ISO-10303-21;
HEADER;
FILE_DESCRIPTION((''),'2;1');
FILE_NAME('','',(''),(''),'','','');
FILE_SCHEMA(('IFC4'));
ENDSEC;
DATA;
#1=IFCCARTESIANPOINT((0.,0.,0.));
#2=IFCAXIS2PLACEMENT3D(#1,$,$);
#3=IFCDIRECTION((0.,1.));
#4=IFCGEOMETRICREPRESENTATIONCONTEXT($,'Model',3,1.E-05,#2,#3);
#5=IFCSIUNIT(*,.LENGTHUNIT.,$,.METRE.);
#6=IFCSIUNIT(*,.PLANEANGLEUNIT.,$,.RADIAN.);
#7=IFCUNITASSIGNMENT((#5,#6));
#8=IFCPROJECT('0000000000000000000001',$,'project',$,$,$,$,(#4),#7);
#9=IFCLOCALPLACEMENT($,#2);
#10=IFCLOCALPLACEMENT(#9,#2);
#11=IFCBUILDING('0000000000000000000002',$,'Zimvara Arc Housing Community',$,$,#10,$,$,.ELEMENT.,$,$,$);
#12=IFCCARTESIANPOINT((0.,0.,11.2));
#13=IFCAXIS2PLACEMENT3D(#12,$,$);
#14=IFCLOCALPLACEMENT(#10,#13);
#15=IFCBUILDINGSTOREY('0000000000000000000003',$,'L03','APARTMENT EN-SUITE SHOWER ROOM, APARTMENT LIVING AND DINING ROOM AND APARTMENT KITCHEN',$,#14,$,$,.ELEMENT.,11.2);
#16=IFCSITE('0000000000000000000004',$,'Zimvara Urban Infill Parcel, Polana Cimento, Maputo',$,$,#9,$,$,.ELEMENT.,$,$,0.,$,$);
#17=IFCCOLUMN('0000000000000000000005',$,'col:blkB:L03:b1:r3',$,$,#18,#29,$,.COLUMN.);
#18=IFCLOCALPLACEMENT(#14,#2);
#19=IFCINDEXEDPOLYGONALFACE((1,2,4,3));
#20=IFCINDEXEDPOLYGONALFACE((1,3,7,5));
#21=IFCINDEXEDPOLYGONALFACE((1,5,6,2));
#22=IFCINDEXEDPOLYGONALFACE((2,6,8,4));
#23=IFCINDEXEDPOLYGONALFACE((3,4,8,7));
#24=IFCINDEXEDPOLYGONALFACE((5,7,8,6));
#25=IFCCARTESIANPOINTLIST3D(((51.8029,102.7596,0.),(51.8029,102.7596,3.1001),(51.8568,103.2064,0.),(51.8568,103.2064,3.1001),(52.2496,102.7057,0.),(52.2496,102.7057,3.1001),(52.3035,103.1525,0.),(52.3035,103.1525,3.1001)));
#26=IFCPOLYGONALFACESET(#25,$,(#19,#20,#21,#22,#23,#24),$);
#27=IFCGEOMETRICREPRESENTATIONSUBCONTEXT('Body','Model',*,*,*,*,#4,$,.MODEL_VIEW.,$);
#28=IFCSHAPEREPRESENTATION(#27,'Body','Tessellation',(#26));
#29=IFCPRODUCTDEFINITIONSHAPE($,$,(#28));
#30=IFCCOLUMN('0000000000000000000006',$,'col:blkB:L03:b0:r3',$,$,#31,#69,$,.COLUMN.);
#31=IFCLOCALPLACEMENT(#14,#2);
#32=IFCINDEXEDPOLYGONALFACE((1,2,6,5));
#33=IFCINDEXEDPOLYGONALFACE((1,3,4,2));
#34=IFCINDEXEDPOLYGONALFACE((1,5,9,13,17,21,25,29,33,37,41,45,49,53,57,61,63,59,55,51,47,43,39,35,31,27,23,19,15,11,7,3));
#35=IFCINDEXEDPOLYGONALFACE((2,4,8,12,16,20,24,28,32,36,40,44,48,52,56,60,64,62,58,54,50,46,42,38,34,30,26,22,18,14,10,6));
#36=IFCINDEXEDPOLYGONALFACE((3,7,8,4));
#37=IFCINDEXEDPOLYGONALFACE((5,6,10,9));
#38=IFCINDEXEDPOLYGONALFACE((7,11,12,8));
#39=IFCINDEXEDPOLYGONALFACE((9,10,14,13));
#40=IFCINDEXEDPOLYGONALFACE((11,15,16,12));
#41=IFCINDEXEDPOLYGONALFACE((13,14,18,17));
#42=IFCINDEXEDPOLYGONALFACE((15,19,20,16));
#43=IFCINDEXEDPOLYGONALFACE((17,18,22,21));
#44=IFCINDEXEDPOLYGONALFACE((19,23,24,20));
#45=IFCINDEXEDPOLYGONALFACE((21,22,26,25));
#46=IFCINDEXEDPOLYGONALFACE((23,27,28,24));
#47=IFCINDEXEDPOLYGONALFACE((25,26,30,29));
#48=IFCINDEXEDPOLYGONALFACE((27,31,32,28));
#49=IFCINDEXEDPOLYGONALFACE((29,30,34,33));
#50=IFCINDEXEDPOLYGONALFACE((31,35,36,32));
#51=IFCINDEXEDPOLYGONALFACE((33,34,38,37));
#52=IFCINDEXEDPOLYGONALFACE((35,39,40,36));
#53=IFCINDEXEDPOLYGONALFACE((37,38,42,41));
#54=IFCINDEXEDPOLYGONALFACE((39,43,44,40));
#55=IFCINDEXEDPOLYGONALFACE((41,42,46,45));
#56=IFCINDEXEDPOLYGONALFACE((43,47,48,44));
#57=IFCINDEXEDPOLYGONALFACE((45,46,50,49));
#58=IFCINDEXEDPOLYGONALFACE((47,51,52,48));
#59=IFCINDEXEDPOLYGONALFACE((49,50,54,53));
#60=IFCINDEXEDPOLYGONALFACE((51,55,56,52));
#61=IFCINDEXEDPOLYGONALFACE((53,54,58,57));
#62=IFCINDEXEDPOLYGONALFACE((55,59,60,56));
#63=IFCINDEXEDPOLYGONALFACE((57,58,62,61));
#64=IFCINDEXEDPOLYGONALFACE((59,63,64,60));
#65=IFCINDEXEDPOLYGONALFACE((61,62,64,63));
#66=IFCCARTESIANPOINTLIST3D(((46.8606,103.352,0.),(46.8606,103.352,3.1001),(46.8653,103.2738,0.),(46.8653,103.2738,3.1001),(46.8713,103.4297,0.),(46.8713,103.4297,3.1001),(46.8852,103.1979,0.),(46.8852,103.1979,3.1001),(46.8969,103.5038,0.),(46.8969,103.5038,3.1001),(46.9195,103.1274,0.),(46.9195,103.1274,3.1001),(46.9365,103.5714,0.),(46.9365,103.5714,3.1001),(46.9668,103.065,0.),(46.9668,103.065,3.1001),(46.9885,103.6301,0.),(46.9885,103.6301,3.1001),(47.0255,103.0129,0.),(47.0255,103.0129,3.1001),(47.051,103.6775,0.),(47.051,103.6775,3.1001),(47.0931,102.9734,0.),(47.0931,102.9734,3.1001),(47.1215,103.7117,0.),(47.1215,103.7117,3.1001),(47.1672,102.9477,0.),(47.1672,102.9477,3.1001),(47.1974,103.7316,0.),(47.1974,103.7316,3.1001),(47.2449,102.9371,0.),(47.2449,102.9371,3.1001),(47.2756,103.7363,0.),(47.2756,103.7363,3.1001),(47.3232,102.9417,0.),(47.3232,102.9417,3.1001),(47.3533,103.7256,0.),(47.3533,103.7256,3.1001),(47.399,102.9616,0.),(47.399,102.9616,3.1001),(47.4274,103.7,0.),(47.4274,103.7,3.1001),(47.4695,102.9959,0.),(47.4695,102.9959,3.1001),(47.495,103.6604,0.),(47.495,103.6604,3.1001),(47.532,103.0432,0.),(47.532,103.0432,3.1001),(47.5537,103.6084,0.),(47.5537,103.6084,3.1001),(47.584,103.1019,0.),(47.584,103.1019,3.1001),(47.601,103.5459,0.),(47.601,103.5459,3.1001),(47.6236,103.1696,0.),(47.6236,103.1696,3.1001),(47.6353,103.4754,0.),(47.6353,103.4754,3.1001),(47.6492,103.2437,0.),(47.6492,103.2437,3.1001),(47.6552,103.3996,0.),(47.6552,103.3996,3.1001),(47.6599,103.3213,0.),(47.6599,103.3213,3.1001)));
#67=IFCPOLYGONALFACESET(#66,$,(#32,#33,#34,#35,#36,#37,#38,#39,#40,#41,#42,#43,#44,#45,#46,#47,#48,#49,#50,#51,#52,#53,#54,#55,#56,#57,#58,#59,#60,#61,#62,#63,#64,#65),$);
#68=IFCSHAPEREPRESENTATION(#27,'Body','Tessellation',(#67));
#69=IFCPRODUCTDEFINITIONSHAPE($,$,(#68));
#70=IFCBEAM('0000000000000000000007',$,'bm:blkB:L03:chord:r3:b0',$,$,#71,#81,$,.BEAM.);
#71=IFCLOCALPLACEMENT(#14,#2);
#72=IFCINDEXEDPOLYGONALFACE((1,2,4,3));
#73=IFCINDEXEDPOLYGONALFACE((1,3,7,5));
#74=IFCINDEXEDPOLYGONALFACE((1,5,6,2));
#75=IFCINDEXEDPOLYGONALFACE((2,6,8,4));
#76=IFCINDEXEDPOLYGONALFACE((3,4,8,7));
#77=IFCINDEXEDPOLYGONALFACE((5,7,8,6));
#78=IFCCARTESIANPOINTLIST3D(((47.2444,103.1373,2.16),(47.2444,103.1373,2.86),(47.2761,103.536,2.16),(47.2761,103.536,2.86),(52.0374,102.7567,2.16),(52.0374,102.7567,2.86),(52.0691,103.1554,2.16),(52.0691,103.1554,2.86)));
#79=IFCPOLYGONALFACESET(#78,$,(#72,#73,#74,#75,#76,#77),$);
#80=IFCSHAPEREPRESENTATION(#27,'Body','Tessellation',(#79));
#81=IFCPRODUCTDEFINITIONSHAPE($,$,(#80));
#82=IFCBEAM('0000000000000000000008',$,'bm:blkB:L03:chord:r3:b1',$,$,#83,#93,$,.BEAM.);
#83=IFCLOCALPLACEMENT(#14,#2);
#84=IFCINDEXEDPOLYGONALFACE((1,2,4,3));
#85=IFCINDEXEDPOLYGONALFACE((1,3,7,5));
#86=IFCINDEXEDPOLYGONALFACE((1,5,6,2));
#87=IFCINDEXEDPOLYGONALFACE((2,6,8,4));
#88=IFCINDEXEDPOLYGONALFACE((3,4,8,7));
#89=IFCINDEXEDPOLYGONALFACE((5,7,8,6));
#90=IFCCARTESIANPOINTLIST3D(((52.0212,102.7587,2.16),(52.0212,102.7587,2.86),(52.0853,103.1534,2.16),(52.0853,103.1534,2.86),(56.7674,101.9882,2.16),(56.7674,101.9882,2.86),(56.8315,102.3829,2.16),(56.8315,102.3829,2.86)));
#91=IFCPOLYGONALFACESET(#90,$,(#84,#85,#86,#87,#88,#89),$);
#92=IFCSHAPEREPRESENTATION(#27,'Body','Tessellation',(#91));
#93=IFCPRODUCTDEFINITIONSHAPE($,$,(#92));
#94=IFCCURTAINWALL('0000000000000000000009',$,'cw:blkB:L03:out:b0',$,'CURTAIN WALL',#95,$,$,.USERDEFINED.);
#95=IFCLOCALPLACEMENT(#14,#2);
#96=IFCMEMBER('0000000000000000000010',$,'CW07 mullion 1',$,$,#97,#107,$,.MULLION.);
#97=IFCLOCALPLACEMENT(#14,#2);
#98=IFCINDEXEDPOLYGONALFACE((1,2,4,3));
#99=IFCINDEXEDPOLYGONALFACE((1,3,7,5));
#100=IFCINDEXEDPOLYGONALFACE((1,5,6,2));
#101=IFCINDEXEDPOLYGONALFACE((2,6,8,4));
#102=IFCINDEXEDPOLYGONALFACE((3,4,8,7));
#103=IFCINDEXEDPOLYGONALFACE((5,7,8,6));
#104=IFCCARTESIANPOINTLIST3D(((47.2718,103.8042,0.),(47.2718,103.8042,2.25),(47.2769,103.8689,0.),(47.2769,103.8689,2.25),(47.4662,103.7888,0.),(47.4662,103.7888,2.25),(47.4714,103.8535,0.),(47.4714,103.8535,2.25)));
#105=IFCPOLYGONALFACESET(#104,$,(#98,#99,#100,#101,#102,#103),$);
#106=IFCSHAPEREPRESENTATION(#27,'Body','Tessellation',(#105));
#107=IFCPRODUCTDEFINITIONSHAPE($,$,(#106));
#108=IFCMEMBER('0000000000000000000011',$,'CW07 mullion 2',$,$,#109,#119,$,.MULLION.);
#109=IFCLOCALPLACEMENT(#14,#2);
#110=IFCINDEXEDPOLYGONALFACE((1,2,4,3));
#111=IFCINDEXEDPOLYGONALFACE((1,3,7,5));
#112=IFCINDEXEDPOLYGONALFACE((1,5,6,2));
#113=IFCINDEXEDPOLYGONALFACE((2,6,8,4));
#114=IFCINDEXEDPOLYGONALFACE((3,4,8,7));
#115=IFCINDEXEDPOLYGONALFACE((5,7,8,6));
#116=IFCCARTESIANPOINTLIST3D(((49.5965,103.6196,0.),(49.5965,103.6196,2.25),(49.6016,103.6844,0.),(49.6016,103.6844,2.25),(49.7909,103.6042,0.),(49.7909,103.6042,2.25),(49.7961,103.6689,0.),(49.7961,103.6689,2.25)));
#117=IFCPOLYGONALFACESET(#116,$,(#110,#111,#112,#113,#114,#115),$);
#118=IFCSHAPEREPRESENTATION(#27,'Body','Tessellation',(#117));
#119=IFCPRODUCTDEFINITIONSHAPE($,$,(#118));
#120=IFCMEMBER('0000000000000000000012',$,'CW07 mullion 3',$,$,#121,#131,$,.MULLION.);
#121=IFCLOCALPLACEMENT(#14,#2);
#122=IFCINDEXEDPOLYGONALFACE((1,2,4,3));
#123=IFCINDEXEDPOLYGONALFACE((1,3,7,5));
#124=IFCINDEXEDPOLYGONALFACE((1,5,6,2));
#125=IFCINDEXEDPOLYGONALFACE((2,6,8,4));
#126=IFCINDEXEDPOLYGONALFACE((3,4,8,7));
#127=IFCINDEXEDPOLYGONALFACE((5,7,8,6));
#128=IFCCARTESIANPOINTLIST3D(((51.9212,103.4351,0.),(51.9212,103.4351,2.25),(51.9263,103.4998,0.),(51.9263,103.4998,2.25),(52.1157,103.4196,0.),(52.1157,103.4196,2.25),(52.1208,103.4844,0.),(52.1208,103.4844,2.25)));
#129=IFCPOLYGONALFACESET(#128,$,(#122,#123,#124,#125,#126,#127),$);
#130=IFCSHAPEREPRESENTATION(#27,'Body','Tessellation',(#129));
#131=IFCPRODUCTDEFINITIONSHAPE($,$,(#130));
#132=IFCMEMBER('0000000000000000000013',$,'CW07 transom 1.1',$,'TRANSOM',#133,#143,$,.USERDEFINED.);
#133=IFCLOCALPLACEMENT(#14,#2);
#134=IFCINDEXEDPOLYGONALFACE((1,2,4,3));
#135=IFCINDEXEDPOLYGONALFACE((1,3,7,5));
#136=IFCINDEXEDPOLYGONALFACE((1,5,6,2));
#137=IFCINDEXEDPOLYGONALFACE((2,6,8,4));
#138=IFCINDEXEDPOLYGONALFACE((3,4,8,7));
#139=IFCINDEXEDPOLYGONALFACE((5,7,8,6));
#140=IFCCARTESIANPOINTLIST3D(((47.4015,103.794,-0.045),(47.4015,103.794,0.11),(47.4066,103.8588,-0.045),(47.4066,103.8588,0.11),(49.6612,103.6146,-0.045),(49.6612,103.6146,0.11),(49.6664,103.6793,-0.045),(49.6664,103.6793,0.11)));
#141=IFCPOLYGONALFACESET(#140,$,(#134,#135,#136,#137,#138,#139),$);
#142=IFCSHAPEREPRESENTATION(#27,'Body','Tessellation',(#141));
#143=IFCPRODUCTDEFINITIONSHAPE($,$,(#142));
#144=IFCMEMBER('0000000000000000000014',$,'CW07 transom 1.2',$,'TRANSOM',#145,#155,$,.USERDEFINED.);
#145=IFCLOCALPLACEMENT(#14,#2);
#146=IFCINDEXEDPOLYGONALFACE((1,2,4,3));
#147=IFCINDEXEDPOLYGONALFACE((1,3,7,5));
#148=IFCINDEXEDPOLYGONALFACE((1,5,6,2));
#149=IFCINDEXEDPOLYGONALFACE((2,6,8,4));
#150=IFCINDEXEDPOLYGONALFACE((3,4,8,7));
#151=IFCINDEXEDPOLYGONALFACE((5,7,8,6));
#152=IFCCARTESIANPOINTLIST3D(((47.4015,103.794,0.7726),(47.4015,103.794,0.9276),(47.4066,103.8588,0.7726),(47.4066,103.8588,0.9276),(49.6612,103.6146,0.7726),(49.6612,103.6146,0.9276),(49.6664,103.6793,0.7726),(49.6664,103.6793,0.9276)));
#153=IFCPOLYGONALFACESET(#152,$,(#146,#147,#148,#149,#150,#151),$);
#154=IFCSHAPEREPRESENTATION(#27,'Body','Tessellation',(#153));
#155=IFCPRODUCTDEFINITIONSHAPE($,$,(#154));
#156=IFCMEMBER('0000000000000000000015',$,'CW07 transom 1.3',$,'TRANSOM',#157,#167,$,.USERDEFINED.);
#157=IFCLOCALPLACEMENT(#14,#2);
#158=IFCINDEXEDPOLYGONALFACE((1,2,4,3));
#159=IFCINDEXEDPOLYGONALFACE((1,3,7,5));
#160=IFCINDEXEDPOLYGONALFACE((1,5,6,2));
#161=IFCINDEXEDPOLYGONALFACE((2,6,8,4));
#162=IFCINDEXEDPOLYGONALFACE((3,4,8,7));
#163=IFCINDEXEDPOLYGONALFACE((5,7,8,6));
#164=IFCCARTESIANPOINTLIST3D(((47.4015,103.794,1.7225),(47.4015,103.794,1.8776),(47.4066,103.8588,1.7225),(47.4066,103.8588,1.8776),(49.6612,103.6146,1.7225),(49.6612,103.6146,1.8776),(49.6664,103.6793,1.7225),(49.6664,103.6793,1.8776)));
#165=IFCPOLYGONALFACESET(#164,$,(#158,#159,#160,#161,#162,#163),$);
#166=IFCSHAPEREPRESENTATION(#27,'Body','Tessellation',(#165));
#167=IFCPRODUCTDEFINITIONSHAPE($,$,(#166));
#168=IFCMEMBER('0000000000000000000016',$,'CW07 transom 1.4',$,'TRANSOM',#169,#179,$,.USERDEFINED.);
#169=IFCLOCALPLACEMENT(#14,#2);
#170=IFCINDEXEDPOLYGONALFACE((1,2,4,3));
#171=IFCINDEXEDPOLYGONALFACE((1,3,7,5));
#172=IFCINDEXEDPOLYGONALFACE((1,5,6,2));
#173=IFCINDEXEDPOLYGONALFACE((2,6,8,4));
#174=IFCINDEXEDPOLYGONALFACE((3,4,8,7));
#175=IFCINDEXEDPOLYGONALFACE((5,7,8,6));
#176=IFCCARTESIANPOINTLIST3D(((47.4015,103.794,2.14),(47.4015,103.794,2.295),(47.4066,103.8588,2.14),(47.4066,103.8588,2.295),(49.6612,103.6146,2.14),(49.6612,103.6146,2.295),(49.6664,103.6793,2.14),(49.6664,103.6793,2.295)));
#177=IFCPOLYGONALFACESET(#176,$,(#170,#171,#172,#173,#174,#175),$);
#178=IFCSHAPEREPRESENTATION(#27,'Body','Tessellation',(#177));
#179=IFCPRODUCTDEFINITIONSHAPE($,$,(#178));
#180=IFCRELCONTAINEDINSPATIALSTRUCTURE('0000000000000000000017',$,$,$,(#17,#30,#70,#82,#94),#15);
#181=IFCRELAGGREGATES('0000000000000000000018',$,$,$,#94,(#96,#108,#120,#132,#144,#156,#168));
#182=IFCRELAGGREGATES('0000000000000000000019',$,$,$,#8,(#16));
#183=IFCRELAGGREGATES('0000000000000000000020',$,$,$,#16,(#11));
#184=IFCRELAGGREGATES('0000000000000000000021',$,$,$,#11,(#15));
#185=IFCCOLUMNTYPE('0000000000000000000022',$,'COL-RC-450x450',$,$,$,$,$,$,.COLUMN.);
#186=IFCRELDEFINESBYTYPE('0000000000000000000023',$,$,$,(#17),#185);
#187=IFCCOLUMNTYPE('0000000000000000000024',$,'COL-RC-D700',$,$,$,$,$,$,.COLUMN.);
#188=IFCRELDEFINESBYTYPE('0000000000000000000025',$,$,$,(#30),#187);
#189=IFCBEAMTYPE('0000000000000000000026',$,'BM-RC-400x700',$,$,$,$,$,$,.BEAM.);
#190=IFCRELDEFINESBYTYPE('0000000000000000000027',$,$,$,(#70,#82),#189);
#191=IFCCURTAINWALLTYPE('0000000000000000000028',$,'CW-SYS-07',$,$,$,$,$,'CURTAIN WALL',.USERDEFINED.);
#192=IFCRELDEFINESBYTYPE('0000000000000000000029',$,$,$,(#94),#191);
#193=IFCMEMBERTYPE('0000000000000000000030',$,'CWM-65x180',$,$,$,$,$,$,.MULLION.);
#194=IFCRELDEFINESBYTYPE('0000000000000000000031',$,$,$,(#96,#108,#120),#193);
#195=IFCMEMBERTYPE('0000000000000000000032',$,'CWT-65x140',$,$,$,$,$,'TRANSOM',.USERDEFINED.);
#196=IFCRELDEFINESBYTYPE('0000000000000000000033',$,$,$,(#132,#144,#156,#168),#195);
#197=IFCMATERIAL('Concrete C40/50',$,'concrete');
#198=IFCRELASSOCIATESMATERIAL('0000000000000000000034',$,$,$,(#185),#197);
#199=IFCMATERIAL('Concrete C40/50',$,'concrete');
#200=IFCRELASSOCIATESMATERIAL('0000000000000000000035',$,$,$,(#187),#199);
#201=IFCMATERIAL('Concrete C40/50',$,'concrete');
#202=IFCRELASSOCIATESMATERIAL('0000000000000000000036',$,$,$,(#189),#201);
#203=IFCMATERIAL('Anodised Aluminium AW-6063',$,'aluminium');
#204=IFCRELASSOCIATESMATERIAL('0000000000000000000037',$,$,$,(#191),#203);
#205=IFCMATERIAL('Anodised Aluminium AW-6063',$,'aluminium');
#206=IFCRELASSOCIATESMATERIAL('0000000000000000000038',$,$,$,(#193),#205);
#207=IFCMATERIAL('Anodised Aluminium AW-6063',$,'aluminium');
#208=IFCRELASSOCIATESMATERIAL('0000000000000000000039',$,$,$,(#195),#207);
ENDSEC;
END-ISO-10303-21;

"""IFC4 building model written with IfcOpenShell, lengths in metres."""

from ifc_helpers import new_model, si_unit, direction, frame, origin, origin_2d, place, context, subcontext, project, spatial, rectangle, circle, extrude, material, material_profile, profile_set, type_object, element, aggregate, save


model = new_model("IFC4")

# Units and contexts
model_context = context("Model", 3, precision=1e-05, world=origin(), true_north=direction((0.0, 1.0)))
body_context = subcontext(model_context, "Body", "Model", "MODEL_VIEW")
ifc_project = project(units=[si_unit("LENGTHUNIT", "METRE"), si_unit("PLANEANGLEUNIT", "RADIAN")], contexts=[model_context])

# Site, building, storey
site_placement = place(None, origin())
site = spatial("IfcSite", under=ifc_project, at=site_placement, Name="Zimvara Urban Infill Parcel, Polana Cimento, Maputo", CompositionType="ELEMENT", RefElevation=0.0)
building_placement = place(site_placement, origin())
building = spatial("IfcBuilding", under=site, at=building_placement, Name="Zimvara Arc Housing Community", CompositionType="ELEMENT")
storey_placement = place(building_placement, frame((0.0, 0.0, 11.2)))
storey = spatial("IfcBuildingStorey", under=building, at=storey_placement, Name="L03", Description="APARTMENT EN-SUITE SHOWER ROOM, APARTMENT LIVING AND DINING ROOM AND APARTMENT KITCHEN", CompositionType="ELEMENT", Elevation=11.2)

# Columns
ifc_material_1 = material(Name="Concrete C40/50", Category="concrete")
ifc_material_profile_1 = material_profile(ifc_material_1, rectangle(XDim=0.45, YDim=0.45, at=origin_2d()), Name="RC 450x450")
ifc_profile_set_1 = profile_set([ifc_material_profile_1], Name="Concrete C40/50")
column_type_1 = type_object("IfcColumnType", Name="COL-RC-450x450", PredefinedType="COLUMN", material=ifc_profile_set_1)
column_1_placement = place(storey_placement, frame((52.0532, 102.9561, 0.0), z_axis=(0.0, 0.0, 1.0), x_axis=(0.11979, 0.992799, 0.0)))
element("IfcColumn", 1, at=column_1_placement, inside=storey, type_object=column_type_1, Name="col:blkB:L03:b1:r3", PredefinedType="COLUMN", context=body_context, shape_type="SweptSolid", body=[
    extrude(rectangle(XDim=0.45, YDim=0.45, at=origin_2d()), origin(), (0.0, 0.0, 1.0), 3.1001),
])
ifc_material_2 = material(Name="Concrete C40/50", Category="concrete")
ifc_material_profile_2 = material_profile(ifc_material_2, circle(Radius=0.3999, at=origin_2d()), Name="RC D800")
ifc_profile_set_2 = profile_set([ifc_material_profile_2], Name="Concrete C40/50")
column_type_2 = type_object("IfcColumnType", Name="COL-RC-D700", PredefinedType="COLUMN", material=ifc_profile_set_2)
column_2_placement = place(storey_placement, frame((47.2603, 103.3367, 0.0), z_axis=(0.0, 0.0, 1.0), x_axis=(0.038388, 0.999263, 0.0)))
element("IfcColumn", 2, at=column_2_placement, inside=storey, type_object=column_type_2, Name="col:blkB:L03:b0:r3", PredefinedType="COLUMN", context=body_context, shape_type="SweptSolid", body=[
    extrude(circle(Radius=0.3999, at=origin_2d()), origin(), (0.0, 0.0, 1.0), 3.1001),
])

# Beams
ifc_material_3 = material(Name="Concrete C40/50", Category="concrete")
ifc_material_profile_3 = material_profile(ifc_material_3, rectangle(XDim=0.3999, YDim=0.7, at=origin_2d()), Name="RC 400x700")
ifc_profile_set_3 = profile_set([ifc_material_profile_3], Name="Concrete C40/50")
beam_type = type_object("IfcBeamType", Name="BM-RC-400x700", PredefinedType="BEAM", material=ifc_profile_set_3)
beam_1_placement = place(storey_placement, frame((47.2603, 103.3367, 2.51), z_axis=(0.996862, -0.079162, 0.0), x_axis=(0.079162, 0.996862, 0.0)))
element("IfcBeam", 3, at=beam_1_placement, inside=storey, type_object=beam_type, Name="bm:blkB:L03:chord:r3:b0", PredefinedType="BEAM", context=body_context, shape_type="SweptSolid", body=[
    extrude(rectangle(XDim=0.3999, YDim=0.7, at=origin_2d()), origin(), (0.0, 0.0, 1.0), 4.8081),
])
beam_2_placement = place(storey_placement, frame((52.0532, 102.9561, 2.51), z_axis=(0.987077, -0.160248, 0.0), x_axis=(0.160248, 0.987077, 0.0)))
element("IfcBeam", 4, at=beam_2_placement, inside=storey, type_object=beam_type, Name="bm:blkB:L03:chord:r3:b1", PredefinedType="BEAM", context=body_context, shape_type="SweptSolid", body=[
    extrude(rectangle(XDim=0.3999, YDim=0.7, at=origin_2d()), origin(), (0.0, 0.0, 1.0), 4.8083),
])

# Curtain wall, members
ifc_material_4 = material(Name="Anodised Aluminium AW-6063", Category="aluminium")
curtain_wall_type = type_object("IfcCurtainWallType", Name="CW-SYS-07", ElementType="CURTAIN WALL", PredefinedType="USERDEFINED", material=ifc_material_4)
curtain_wall_placement = place(storey_placement, origin())
curtain_wall = element("IfcCurtainWall", 5, at=curtain_wall_placement, inside=storey, type_object=curtain_wall_type, Name="cw:blkB:L03:out:b0", ObjectType="CURTAIN WALL", PredefinedType="USERDEFINED")
ifc_material_5 = material(Name="Anodised Aluminium AW-6063", Category="aluminium")
ifc_material_profile_4 = material_profile(ifc_material_5, rectangle(XDim=0.0649, YDim=0.1951, at=origin_2d()), Name="ALU 65x195")
ifc_profile_set_4 = profile_set([ifc_material_profile_4], Name="Anodised Aluminium AW-6063")
member_type_1 = type_object("IfcMemberType", Name="CWM-65x180", PredefinedType="MULLION", material=ifc_profile_set_4)
member_1_placement = place(storey_placement, frame((47.3716, 103.8289, 0.0), z_axis=(0.0, 0.0, 1.0), x_axis=(0.079154, 0.996862, 0.0)))
member_1 = element("IfcMember", 6, at=member_1_placement, type_object=member_type_1, Name="CW07 mullion 1", PredefinedType="MULLION", context=body_context, shape_type="SweptSolid", body=[
    extrude(rectangle(XDim=0.0649, YDim=0.1951, at=origin_2d()), origin(), (0.0, 0.0, 1.0), 2.25),
])
member_2_placement = place(storey_placement, frame((49.6963, 103.6443, 0.0), z_axis=(0.0, 0.0, 1.0), x_axis=(0.079154, 0.996862, 0.0)))
member_2 = element("IfcMember", 7, at=member_2_placement, type_object=member_type_1, Name="CW07 mullion 2", PredefinedType="MULLION", context=body_context, shape_type="SweptSolid", body=[
    extrude(rectangle(XDim=0.0649, YDim=0.1951, at=origin_2d()), origin(), (0.0, 0.0, 1.0), 2.25),
])
member_3_placement = place(storey_placement, frame((52.021, 103.4597, 0.0), z_axis=(0.0, 0.0, 1.0), x_axis=(0.079154, 0.996862, 0.0)))
member_3 = element("IfcMember", 8, at=member_3_placement, type_object=member_type_1, Name="CW07 mullion 3", PredefinedType="MULLION", context=body_context, shape_type="SweptSolid", body=[
    extrude(rectangle(XDim=0.0649, YDim=0.1951, at=origin_2d()), origin(), (0.0, 0.0, 1.0), 2.25),
])
ifc_material_6 = material(Name="Anodised Aluminium AW-6063", Category="aluminium")
ifc_material_profile_5 = material_profile(ifc_material_6, rectangle(XDim=0.0649, YDim=0.155, at=origin_2d()), Name="ALU 65x155")
ifc_profile_set_5 = profile_set([ifc_material_profile_5], Name="Anodised Aluminium AW-6063")
member_type_2 = type_object("IfcMemberType", Name="CWT-65x140", ElementType="TRANSOM", PredefinedType="USERDEFINED", material=ifc_profile_set_5)
member_4_placement = place(storey_placement, frame((47.4041, 103.8264, 0.0325), z_axis=(0.996862, -0.079159, 0.0), x_axis=(0.079159, 0.996862, 0.0)))
member_4 = element("IfcMember", 9, at=member_4_placement, type_object=member_type_2, Name="CW07 transom 1.1", ObjectType="TRANSOM", PredefinedType="USERDEFINED", context=body_context, shape_type="SweptSolid", body=[
    extrude(rectangle(XDim=0.0649, YDim=0.155, at=origin_2d()), origin(), (0.0, 0.0, 1.0), 2.2668),
])
member_5_placement = place(storey_placement, frame((47.4041, 103.8264, 0.8501), z_axis=(0.996862, -0.079159, 0.0), x_axis=(0.079159, 0.996862, 0.0)))
member_5 = element("IfcMember", 10, at=member_5_placement, type_object=member_type_2, Name="CW07 transom 1.2", ObjectType="TRANSOM", PredefinedType="USERDEFINED", context=body_context, shape_type="SweptSolid", body=[
    extrude(rectangle(XDim=0.0649, YDim=0.155, at=origin_2d()), origin(), (0.0, 0.0, 1.0), 2.2668),
])
member_6_placement = place(storey_placement, frame((47.4041, 103.8264, 1.8), z_axis=(0.996862, -0.079159, 0.0), x_axis=(0.079159, 0.996862, 0.0)))
member_6 = element("IfcMember", 11, at=member_6_placement, type_object=member_type_2, Name="CW07 transom 1.3", ObjectType="TRANSOM", PredefinedType="USERDEFINED", context=body_context, shape_type="SweptSolid", body=[
    extrude(rectangle(XDim=0.0649, YDim=0.155, at=origin_2d()), origin(), (0.0, 0.0, 1.0), 2.2668),
])
member_7_placement = place(storey_placement, frame((47.4041, 103.8264, 2.2175), z_axis=(0.996862, -0.079159, 0.0), x_axis=(0.079159, 0.996862, 0.0)))
member_7 = element("IfcMember", 12, at=member_7_placement, type_object=member_type_2, Name="CW07 transom 1.4", ObjectType="TRANSOM", PredefinedType="USERDEFINED", context=body_context, shape_type="SweptSolid", body=[
    extrude(rectangle(XDim=0.0649, YDim=0.155, at=origin_2d()), origin(), (0.0, 0.0, 1.0), 2.2668),
])
aggregate(curtain_wall, [member_1, member_2, member_3, member_4, member_5, member_6, member_7])

save(model, "model.ifc")
